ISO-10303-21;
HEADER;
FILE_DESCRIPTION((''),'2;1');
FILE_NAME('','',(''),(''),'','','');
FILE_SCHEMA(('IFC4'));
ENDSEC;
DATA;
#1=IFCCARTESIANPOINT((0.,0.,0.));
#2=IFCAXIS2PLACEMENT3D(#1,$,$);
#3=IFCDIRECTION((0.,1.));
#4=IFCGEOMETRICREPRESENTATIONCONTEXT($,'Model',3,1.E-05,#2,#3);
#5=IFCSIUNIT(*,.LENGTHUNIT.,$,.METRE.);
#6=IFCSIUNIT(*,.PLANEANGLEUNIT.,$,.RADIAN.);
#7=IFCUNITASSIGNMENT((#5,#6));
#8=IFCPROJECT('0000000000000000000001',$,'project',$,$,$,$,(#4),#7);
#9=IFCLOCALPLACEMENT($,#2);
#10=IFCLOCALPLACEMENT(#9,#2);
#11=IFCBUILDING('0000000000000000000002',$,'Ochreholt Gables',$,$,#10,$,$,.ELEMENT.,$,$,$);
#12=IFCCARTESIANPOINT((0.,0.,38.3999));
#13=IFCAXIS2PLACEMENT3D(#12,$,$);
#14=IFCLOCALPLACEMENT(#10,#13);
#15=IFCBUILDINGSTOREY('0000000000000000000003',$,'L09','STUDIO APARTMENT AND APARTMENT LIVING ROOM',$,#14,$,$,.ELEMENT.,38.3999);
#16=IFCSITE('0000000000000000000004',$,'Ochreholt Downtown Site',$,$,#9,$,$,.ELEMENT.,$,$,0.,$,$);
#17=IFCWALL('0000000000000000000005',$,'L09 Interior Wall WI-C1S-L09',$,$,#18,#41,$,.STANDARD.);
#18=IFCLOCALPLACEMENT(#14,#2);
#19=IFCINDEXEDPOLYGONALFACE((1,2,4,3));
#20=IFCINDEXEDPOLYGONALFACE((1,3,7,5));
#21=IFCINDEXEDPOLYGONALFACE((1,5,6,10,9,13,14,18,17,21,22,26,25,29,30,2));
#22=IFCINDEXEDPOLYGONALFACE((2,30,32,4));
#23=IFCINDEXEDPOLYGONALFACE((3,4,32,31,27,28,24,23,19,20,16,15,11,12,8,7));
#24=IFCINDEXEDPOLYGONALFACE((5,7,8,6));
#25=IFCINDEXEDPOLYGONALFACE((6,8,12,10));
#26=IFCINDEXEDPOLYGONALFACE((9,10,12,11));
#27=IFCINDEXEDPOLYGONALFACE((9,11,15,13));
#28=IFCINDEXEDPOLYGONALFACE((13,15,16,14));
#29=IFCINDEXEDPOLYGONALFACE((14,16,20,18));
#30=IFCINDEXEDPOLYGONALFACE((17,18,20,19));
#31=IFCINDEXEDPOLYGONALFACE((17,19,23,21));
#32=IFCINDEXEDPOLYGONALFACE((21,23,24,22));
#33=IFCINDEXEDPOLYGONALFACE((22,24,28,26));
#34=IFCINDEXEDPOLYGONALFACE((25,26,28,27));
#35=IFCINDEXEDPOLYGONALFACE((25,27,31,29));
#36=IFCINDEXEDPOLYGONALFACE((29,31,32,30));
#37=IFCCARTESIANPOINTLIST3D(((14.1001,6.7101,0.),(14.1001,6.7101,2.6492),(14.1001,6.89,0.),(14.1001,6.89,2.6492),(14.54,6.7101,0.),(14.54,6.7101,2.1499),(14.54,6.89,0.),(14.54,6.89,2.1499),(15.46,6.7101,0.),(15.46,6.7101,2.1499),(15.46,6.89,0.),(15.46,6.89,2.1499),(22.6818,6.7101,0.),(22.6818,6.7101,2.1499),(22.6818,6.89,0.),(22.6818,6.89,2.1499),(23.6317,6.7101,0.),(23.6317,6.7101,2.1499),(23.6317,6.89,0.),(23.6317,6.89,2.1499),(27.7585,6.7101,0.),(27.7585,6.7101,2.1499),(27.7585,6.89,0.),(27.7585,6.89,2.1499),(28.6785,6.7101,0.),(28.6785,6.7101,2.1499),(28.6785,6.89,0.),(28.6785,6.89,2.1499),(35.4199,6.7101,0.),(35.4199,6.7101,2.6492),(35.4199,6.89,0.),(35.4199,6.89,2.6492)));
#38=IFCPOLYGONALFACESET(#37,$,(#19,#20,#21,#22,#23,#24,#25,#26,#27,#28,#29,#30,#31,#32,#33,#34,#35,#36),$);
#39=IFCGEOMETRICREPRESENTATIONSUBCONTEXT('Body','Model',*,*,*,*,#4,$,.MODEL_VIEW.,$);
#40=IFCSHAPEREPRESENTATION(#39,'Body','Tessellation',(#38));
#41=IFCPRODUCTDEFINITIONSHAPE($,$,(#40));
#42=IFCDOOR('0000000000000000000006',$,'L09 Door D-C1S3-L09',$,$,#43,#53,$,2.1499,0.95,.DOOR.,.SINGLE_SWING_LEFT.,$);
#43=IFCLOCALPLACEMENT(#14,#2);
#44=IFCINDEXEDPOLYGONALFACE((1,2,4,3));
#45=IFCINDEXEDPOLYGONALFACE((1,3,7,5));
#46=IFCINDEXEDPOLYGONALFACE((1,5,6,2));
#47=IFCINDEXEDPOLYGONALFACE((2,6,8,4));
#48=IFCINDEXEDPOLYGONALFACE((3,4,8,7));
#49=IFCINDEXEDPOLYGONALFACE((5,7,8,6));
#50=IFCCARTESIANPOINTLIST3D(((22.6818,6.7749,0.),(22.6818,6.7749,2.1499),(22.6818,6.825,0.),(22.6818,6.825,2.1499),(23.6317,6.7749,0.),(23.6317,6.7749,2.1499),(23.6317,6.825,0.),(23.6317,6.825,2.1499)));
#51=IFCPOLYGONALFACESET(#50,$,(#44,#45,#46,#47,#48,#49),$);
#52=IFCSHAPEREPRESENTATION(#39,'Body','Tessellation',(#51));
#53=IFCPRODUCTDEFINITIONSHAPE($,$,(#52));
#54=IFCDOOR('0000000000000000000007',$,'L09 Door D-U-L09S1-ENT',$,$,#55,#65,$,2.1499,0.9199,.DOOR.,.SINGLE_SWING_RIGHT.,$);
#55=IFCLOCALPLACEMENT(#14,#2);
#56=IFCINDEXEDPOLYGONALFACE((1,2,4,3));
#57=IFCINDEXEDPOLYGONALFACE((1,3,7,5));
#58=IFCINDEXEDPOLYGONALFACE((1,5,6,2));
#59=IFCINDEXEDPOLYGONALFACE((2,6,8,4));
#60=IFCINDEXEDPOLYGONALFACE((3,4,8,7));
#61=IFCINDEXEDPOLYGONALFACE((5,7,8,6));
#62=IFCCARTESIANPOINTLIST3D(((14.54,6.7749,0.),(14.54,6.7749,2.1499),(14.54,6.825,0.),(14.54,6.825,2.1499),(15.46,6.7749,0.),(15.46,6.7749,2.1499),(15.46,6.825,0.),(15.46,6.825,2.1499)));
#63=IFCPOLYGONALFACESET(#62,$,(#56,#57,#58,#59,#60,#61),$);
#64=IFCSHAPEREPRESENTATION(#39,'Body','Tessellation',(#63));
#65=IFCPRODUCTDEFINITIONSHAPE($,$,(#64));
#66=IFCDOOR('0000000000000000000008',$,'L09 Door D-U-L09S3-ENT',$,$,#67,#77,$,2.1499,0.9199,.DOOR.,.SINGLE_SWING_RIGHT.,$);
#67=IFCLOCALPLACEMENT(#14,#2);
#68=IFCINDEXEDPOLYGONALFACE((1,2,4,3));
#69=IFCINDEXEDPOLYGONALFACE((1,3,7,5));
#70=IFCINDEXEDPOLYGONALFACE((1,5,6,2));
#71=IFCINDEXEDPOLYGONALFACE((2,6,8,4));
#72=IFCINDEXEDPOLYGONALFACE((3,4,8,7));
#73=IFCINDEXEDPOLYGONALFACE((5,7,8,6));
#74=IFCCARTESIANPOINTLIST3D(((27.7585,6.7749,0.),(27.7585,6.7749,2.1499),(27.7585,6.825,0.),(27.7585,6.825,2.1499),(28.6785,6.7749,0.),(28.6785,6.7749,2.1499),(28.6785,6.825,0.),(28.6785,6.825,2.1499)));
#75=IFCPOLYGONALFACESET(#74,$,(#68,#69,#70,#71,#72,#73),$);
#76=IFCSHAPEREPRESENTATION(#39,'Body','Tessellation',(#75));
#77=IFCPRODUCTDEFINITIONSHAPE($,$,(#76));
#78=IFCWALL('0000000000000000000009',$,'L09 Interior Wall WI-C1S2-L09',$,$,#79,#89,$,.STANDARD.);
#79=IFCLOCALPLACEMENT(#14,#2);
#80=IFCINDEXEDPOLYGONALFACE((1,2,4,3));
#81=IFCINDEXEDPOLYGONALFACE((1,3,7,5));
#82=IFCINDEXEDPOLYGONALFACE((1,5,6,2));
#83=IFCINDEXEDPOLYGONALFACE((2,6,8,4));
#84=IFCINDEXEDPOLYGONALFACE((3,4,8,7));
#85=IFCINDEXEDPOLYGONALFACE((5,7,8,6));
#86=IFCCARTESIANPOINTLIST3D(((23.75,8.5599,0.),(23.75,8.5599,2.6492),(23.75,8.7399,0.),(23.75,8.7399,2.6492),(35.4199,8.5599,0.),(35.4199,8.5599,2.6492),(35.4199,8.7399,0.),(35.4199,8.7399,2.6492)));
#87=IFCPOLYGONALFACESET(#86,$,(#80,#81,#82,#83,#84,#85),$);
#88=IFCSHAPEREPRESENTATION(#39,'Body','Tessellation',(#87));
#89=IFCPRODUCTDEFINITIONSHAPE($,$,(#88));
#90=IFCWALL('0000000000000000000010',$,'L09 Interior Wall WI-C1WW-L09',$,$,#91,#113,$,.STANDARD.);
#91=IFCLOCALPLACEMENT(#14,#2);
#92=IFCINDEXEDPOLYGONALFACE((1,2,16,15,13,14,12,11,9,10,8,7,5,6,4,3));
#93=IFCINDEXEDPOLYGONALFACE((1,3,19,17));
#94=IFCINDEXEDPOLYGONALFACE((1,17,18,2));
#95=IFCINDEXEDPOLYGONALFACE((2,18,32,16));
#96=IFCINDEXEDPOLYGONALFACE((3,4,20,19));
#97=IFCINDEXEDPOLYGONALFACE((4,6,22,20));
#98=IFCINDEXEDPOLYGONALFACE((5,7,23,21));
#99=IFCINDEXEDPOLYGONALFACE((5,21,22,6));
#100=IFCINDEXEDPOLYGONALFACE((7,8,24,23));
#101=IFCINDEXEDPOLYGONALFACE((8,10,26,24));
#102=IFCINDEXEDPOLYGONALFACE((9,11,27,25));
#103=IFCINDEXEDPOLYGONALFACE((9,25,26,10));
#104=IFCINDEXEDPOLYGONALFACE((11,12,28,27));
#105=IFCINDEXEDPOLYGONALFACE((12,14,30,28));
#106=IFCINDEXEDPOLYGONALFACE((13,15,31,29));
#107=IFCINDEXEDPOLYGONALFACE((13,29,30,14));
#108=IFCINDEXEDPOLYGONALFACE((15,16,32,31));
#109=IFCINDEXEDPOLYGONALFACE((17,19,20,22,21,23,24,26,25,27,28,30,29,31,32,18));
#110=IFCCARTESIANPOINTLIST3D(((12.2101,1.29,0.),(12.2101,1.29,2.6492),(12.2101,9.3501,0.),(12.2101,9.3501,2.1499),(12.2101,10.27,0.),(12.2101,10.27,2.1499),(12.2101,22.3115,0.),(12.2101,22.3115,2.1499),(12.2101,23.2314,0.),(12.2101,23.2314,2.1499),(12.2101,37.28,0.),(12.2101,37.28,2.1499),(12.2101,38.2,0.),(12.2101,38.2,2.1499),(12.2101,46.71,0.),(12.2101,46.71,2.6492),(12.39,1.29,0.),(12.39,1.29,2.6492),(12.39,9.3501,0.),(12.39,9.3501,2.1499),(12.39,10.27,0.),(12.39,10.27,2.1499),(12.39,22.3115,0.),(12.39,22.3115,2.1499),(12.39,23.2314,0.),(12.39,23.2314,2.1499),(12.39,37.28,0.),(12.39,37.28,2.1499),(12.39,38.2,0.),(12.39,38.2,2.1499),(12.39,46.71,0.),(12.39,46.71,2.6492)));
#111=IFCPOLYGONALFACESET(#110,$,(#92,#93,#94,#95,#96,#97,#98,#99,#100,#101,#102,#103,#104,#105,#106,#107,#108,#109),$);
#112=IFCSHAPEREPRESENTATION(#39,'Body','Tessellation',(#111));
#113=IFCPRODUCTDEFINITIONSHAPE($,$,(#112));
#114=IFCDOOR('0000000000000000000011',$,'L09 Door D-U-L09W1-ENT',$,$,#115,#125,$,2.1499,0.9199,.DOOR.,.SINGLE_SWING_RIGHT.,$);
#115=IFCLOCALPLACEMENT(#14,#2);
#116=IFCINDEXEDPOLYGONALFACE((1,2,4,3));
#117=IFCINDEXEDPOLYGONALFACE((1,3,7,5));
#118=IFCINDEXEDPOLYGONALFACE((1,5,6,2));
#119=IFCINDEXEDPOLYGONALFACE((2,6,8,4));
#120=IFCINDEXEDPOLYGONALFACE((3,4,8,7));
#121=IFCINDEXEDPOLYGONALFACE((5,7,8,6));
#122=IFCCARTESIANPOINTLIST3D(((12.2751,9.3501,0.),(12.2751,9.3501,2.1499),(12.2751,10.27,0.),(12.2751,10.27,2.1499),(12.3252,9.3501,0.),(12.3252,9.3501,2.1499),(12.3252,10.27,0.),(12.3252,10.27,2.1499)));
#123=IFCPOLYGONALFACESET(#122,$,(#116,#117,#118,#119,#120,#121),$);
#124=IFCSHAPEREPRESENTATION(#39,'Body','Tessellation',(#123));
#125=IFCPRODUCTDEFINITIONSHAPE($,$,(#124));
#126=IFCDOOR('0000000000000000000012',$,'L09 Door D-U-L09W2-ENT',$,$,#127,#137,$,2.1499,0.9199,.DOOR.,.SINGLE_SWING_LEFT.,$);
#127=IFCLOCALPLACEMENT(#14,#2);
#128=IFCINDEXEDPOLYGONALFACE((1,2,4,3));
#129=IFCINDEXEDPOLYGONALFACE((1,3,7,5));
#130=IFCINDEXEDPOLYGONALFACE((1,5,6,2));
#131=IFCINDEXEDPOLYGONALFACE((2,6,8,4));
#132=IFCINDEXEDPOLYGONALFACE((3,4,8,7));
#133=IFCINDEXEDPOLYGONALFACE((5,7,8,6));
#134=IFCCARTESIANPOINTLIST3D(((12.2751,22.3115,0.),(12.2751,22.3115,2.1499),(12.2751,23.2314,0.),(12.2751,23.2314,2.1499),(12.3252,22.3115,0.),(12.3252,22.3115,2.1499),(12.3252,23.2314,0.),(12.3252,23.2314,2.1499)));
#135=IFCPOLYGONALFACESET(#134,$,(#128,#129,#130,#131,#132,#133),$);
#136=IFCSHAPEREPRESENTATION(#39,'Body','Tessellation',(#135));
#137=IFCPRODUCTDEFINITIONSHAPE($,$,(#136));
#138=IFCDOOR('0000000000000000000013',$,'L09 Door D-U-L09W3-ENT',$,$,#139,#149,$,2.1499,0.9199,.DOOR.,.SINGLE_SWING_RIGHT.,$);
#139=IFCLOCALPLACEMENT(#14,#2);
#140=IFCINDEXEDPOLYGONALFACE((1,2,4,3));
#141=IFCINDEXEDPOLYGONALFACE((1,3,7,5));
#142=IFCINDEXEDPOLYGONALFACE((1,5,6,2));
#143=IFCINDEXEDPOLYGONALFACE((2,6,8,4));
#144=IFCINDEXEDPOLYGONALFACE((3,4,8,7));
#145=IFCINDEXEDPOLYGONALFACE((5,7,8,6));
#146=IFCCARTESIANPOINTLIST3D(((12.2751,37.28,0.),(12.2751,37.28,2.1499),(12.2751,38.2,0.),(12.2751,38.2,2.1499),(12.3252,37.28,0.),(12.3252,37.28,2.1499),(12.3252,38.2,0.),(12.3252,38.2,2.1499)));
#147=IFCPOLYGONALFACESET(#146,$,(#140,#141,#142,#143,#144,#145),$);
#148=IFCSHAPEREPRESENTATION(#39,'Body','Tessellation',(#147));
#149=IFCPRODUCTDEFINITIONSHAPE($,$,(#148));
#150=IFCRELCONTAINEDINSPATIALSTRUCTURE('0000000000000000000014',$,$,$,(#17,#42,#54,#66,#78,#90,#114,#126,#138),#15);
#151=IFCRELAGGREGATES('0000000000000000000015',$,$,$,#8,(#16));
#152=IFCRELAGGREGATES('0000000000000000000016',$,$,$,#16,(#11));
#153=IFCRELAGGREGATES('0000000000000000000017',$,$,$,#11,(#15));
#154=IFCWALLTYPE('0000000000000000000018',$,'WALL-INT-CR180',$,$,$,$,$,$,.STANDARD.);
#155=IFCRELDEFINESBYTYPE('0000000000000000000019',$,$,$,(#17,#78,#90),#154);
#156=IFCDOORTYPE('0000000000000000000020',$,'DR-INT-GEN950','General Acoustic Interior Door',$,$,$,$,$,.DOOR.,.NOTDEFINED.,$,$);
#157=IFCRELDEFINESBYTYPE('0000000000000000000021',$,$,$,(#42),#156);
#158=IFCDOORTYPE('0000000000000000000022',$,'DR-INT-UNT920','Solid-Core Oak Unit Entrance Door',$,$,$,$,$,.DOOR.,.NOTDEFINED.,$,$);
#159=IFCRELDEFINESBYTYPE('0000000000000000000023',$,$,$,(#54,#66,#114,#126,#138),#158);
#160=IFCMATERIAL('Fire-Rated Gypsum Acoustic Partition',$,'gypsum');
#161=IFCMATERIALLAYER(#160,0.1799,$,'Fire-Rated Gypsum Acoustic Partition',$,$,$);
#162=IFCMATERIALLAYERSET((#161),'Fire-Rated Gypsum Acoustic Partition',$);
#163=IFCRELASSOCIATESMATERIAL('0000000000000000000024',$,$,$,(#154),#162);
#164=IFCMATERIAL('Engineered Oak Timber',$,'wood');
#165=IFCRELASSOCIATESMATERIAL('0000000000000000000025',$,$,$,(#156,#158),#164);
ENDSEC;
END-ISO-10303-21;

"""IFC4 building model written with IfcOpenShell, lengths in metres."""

from ifc_helpers import new_model, si_unit, direction, frame, frame_2d, origin, place, context, subcontext, project, spatial, rectangle, extrude, material, layer, layer_set, type_object, element, fill, save


model = new_model("IFC4")

# Units and contexts
model_context = context("Model", 3, precision=1e-05, world=origin(), true_north=direction((0.0, 1.0)))
body_context = subcontext(model_context, "Body", "Model", "MODEL_VIEW")
ifc_project = project(units=[si_unit("LENGTHUNIT", "METRE"), si_unit("PLANEANGLEUNIT", "RADIAN")], contexts=[model_context])

# Site, building, storey
site_placement = place(None, origin())
site = spatial("IfcSite", under=ifc_project, at=site_placement, Name="Ochreholt Downtown Site", CompositionType="ELEMENT", RefElevation=0.0)
building_placement = place(site_placement, origin())
building = spatial("IfcBuilding", under=site, at=building_placement, Name="Ochreholt Gables", CompositionType="ELEMENT")
storey_placement = place(building_placement, frame((0.0, 0.0, 38.3999)))
storey = spatial("IfcBuildingStorey", under=building, at=storey_placement, Name="L09", Description="STUDIO APARTMENT AND APARTMENT LIVING ROOM", CompositionType="ELEMENT", Elevation=38.3999)

# Shared definitions
ifc_material_1 = material(Name="Fire-Rated Gypsum Acoustic Partition", Category="gypsum")
ifc_layer_1 = layer(ifc_material_1, 0.1799, Name="Fire-Rated Gypsum Acoustic Partition")
ifc_layer_set_1 = layer_set([ifc_layer_1], Name="Fire-Rated Gypsum Acoustic Partition")
wall_type_1 = type_object("IfcWallType", Name="WALL-INT-CR180", PredefinedType="STANDARD", material=ifc_layer_set_1)

# Wall, openings, doors
wall_1_placement = place(storey_placement, frame((14.1001, 6.8, 0.0), z_axis=(0.0, 0.0, 1.0), x_axis=(1.0, 0.0, 0.0)))
wall_1 = element("IfcWall", 1, at=wall_1_placement, inside=storey, type_object=wall_type_1, Name="L09 Interior Wall WI-C1S-L09", PredefinedType="STANDARD", context=body_context, shape_type="SweptSolid", body=[
    extrude(rectangle(XDim=21.3198, YDim=0.1799, at=frame_2d((10.6599, 0.0))), origin(), (0.0, 0.0, 1.0), 2.6492),
])
opening_1_placement = place(wall_1_placement, frame((0.4399, 0.0, 0.0)))
opening_1 = element("IfcOpeningElement", 2, at=opening_1_placement, cuts=wall_1, PredefinedType="OPENING", context=body_context, shape_type="SweptSolid", body=[
    extrude(rectangle(XDim=0.9199, YDim=2.1499, at=frame_2d((0.46, 1.075))), frame((0.0, 0.0999, 0.0), z_axis=(0.0, -1.0, 0.0), x_axis=(1.0, 0.0, 0.0)), (0.0, 0.0, 1.0), 0.2),
])
opening_2_placement = place(wall_1_placement, frame((8.5815, 0.0, 0.0)))
opening_2 = element("IfcOpeningElement", 3, at=opening_2_placement, cuts=wall_1, PredefinedType="OPENING", context=body_context, shape_type="SweptSolid", body=[
    extrude(rectangle(XDim=0.95, YDim=2.1499, at=frame_2d((0.4751, 1.075))), frame((0.0, 0.0999, 0.0), z_axis=(0.0, -1.0, 0.0), x_axis=(1.0, 0.0, 0.0)), (0.0, 0.0, 1.0), 0.2),
])
opening_3_placement = place(wall_1_placement, frame((13.6584, 0.0, 0.0)))
opening_3 = element("IfcOpeningElement", 4, at=opening_3_placement, cuts=wall_1, PredefinedType="OPENING", context=body_context, shape_type="SweptSolid", body=[
    extrude(rectangle(XDim=0.9199, YDim=2.1499, at=frame_2d((0.46, 1.075))), frame((0.0, 0.0999, 0.0), z_axis=(0.0, -1.0, 0.0), x_axis=(1.0, 0.0, 0.0)), (0.0, 0.0, 1.0), 0.2),
])
ifc_material_2 = material(Name="Engineered Oak Timber", Category="wood")
door_type_1 = type_object("IfcDoorType", Name="DR-INT-GEN950", Description="General Acoustic Interior Door", OperationType="NOTDEFINED", PredefinedType="DOOR", material=ifc_material_2)
door_1_placement = place(opening_2_placement, origin())
door_1 = element("IfcDoor", 5, at=door_1_placement, inside=storey, type_object=door_type_1, Name="L09 Door D-C1S3-L09", OperationType="SINGLE_SWING_LEFT", OverallHeight=2.1499, OverallWidth=0.95, PredefinedType="DOOR", context=body_context, shape_type="SweptSolid", body=[
    extrude(rectangle(XDim=0.95, YDim=2.1499, at=frame_2d((0.4751, 1.075))), frame((0.0, 0.0249, 0.0), z_axis=(0.0, -1.0, 0.0), x_axis=(1.0, 0.0, 0.0)), (0.0, 0.0, 1.0), 0.05),
])
fill(opening_2, door_1)
door_type_2 = type_object("IfcDoorType", Name="DR-INT-UNT920", Description="Solid-Core Oak Unit Entrance Door", OperationType="NOTDEFINED", PredefinedType="DOOR", material=ifc_material_2)
door_2_placement = place(opening_1_placement, origin())
door_2 = element("IfcDoor", 6, at=door_2_placement, inside=storey, type_object=door_type_2, Name="L09 Door D-U-L09S1-ENT", OperationType="SINGLE_SWING_RIGHT", OverallHeight=2.1499, OverallWidth=0.9199, PredefinedType="DOOR", context=body_context, shape_type="SweptSolid", body=[
    extrude(rectangle(XDim=0.9199, YDim=2.1499, at=frame_2d((0.46, 1.075))), frame((0.0, 0.0249, 0.0), z_axis=(0.0, -1.0, 0.0), x_axis=(1.0, 0.0, 0.0)), (0.0, 0.0, 1.0), 0.05),
])
fill(opening_1, door_2)
door_3_placement = place(opening_3_placement, origin())
door_3 = element("IfcDoor", 7, at=door_3_placement, inside=storey, type_object=door_type_2, Name="L09 Door D-U-L09S3-ENT", OperationType="SINGLE_SWING_RIGHT", OverallHeight=2.1499, OverallWidth=0.9199, PredefinedType="DOOR", context=body_context, shape_type="SweptSolid", body=[
    extrude(rectangle(XDim=0.9199, YDim=2.1499, at=frame_2d((0.46, 1.075))), frame((0.0, 0.0249, 0.0), z_axis=(0.0, -1.0, 0.0), x_axis=(1.0, 0.0, 0.0)), (0.0, 0.0, 1.0), 0.05),
])
fill(opening_3, door_3)

# Wall
wall_2_placement = place(storey_placement, frame((23.75, 8.6499, 0.0), z_axis=(0.0, 0.0, 1.0), x_axis=(1.0, 0.0, 0.0)))
element("IfcWall", 8, at=wall_2_placement, inside=storey, type_object=wall_type_1, Name="L09 Interior Wall WI-C1S2-L09", PredefinedType="STANDARD", context=body_context, shape_type="SweptSolid", body=[
    extrude(rectangle(XDim=11.6699, YDim=0.1799, at=frame_2d((5.835, 0.0))), origin(), (0.0, 0.0, 1.0), 2.6492),
])

# Wall, openings, doors
wall_3_placement = place(storey_placement, frame((12.3, 1.29, 0.0), z_axis=(0.0, 0.0, 1.0), x_axis=(0.0, 1.0, 0.0)))
wall_3 = element("IfcWall", 9, at=wall_3_placement, inside=storey, type_object=wall_type_1, Name="L09 Interior Wall WI-C1WW-L09", PredefinedType="STANDARD", context=body_context, shape_type="SweptSolid", body=[
    extrude(rectangle(XDim=45.4199, YDim=0.1799, at=frame_2d((22.71, 0.0))), origin(), (0.0, 0.0, 1.0), 2.6492),
])
opening_4_placement = place(wall_3_placement, frame((8.0601, 0.0, 0.0)))
opening_4 = element("IfcOpeningElement", 10, at=opening_4_placement, cuts=wall_3, PredefinedType="OPENING", context=body_context, shape_type="SweptSolid", body=[
    extrude(rectangle(XDim=0.9199, YDim=2.1499, at=frame_2d((0.46, 1.075))), frame((0.0, 0.0999, 0.0), z_axis=(0.0, -1.0, 0.0), x_axis=(1.0, 0.0, 0.0)), (0.0, 0.0, 1.0), 0.2),
])
opening_5_placement = place(wall_3_placement, frame((21.0215, 0.0, 0.0)))
opening_5 = element("IfcOpeningElement", 11, at=opening_5_placement, cuts=wall_3, PredefinedType="OPENING", context=body_context, shape_type="SweptSolid", body=[
    extrude(rectangle(XDim=0.9199, YDim=2.1499, at=frame_2d((0.46, 1.075))), frame((0.0, 0.0999, 0.0), z_axis=(0.0, -1.0, 0.0), x_axis=(1.0, 0.0, 0.0)), (0.0, 0.0, 1.0), 0.2),
])
opening_6_placement = place(wall_3_placement, frame((35.99, 0.0, 0.0)))
opening_6 = element("IfcOpeningElement", 12, at=opening_6_placement, cuts=wall_3, PredefinedType="OPENING", context=body_context, shape_type="SweptSolid", body=[
    extrude(rectangle(XDim=0.9199, YDim=2.1499, at=frame_2d((0.46, 1.075))), frame((0.0, 0.0999, 0.0), z_axis=(0.0, -1.0, 0.0), x_axis=(1.0, 0.0, 0.0)), (0.0, 0.0, 1.0), 0.2),
])
door_4_placement = place(opening_4_placement, origin())
door_4 = element("IfcDoor", 13, at=door_4_placement, inside=storey, type_object=door_type_2, Name="L09 Door D-U-L09W1-ENT", OperationType="SINGLE_SWING_RIGHT", OverallHeight=2.1499, OverallWidth=0.9199, PredefinedType="DOOR", context=body_context, shape_type="SweptSolid", body=[
    extrude(rectangle(XDim=0.9199, YDim=2.1499, at=frame_2d((0.46, 1.075))), frame((0.0, 0.0249, 0.0), z_axis=(0.0, -1.0, 0.0), x_axis=(1.0, 0.0, 0.0)), (0.0, 0.0, 1.0), 0.05),
])
fill(opening_4, door_4)
door_5_placement = place(opening_5_placement, origin())
door_5 = element("IfcDoor", 14, at=door_5_placement, inside=storey, type_object=door_type_2, Name="L09 Door D-U-L09W2-ENT", OperationType="SINGLE_SWING_LEFT", OverallHeight=2.1499, OverallWidth=0.9199, PredefinedType="DOOR", context=body_context, shape_type="SweptSolid", body=[
    extrude(rectangle(XDim=0.9199, YDim=2.1499, at=frame_2d((0.46, 1.075))), frame((0.0, 0.0249, 0.0), z_axis=(0.0, -1.0, 0.0), x_axis=(1.0, 0.0, 0.0)), (0.0, 0.0, 1.0), 0.05),
])
fill(opening_5, door_5)
door_6_placement = place(opening_6_placement, origin())
door_6 = element("IfcDoor", 15, at=door_6_placement, inside=storey, type_object=door_type_2, Name="L09 Door D-U-L09W3-ENT", OperationType="SINGLE_SWING_RIGHT", OverallHeight=2.1499, OverallWidth=0.9199, PredefinedType="DOOR", context=body_context, shape_type="SweptSolid", body=[
    extrude(rectangle(XDim=0.9199, YDim=2.1499, at=frame_2d((0.46, 1.075))), frame((0.0, 0.0249, 0.0), z_axis=(0.0, -1.0, 0.0), x_axis=(1.0, 0.0, 0.0)), (0.0, 0.0, 1.0), 0.05),
])
fill(opening_6, door_6)

save(model, "model.ifc")
